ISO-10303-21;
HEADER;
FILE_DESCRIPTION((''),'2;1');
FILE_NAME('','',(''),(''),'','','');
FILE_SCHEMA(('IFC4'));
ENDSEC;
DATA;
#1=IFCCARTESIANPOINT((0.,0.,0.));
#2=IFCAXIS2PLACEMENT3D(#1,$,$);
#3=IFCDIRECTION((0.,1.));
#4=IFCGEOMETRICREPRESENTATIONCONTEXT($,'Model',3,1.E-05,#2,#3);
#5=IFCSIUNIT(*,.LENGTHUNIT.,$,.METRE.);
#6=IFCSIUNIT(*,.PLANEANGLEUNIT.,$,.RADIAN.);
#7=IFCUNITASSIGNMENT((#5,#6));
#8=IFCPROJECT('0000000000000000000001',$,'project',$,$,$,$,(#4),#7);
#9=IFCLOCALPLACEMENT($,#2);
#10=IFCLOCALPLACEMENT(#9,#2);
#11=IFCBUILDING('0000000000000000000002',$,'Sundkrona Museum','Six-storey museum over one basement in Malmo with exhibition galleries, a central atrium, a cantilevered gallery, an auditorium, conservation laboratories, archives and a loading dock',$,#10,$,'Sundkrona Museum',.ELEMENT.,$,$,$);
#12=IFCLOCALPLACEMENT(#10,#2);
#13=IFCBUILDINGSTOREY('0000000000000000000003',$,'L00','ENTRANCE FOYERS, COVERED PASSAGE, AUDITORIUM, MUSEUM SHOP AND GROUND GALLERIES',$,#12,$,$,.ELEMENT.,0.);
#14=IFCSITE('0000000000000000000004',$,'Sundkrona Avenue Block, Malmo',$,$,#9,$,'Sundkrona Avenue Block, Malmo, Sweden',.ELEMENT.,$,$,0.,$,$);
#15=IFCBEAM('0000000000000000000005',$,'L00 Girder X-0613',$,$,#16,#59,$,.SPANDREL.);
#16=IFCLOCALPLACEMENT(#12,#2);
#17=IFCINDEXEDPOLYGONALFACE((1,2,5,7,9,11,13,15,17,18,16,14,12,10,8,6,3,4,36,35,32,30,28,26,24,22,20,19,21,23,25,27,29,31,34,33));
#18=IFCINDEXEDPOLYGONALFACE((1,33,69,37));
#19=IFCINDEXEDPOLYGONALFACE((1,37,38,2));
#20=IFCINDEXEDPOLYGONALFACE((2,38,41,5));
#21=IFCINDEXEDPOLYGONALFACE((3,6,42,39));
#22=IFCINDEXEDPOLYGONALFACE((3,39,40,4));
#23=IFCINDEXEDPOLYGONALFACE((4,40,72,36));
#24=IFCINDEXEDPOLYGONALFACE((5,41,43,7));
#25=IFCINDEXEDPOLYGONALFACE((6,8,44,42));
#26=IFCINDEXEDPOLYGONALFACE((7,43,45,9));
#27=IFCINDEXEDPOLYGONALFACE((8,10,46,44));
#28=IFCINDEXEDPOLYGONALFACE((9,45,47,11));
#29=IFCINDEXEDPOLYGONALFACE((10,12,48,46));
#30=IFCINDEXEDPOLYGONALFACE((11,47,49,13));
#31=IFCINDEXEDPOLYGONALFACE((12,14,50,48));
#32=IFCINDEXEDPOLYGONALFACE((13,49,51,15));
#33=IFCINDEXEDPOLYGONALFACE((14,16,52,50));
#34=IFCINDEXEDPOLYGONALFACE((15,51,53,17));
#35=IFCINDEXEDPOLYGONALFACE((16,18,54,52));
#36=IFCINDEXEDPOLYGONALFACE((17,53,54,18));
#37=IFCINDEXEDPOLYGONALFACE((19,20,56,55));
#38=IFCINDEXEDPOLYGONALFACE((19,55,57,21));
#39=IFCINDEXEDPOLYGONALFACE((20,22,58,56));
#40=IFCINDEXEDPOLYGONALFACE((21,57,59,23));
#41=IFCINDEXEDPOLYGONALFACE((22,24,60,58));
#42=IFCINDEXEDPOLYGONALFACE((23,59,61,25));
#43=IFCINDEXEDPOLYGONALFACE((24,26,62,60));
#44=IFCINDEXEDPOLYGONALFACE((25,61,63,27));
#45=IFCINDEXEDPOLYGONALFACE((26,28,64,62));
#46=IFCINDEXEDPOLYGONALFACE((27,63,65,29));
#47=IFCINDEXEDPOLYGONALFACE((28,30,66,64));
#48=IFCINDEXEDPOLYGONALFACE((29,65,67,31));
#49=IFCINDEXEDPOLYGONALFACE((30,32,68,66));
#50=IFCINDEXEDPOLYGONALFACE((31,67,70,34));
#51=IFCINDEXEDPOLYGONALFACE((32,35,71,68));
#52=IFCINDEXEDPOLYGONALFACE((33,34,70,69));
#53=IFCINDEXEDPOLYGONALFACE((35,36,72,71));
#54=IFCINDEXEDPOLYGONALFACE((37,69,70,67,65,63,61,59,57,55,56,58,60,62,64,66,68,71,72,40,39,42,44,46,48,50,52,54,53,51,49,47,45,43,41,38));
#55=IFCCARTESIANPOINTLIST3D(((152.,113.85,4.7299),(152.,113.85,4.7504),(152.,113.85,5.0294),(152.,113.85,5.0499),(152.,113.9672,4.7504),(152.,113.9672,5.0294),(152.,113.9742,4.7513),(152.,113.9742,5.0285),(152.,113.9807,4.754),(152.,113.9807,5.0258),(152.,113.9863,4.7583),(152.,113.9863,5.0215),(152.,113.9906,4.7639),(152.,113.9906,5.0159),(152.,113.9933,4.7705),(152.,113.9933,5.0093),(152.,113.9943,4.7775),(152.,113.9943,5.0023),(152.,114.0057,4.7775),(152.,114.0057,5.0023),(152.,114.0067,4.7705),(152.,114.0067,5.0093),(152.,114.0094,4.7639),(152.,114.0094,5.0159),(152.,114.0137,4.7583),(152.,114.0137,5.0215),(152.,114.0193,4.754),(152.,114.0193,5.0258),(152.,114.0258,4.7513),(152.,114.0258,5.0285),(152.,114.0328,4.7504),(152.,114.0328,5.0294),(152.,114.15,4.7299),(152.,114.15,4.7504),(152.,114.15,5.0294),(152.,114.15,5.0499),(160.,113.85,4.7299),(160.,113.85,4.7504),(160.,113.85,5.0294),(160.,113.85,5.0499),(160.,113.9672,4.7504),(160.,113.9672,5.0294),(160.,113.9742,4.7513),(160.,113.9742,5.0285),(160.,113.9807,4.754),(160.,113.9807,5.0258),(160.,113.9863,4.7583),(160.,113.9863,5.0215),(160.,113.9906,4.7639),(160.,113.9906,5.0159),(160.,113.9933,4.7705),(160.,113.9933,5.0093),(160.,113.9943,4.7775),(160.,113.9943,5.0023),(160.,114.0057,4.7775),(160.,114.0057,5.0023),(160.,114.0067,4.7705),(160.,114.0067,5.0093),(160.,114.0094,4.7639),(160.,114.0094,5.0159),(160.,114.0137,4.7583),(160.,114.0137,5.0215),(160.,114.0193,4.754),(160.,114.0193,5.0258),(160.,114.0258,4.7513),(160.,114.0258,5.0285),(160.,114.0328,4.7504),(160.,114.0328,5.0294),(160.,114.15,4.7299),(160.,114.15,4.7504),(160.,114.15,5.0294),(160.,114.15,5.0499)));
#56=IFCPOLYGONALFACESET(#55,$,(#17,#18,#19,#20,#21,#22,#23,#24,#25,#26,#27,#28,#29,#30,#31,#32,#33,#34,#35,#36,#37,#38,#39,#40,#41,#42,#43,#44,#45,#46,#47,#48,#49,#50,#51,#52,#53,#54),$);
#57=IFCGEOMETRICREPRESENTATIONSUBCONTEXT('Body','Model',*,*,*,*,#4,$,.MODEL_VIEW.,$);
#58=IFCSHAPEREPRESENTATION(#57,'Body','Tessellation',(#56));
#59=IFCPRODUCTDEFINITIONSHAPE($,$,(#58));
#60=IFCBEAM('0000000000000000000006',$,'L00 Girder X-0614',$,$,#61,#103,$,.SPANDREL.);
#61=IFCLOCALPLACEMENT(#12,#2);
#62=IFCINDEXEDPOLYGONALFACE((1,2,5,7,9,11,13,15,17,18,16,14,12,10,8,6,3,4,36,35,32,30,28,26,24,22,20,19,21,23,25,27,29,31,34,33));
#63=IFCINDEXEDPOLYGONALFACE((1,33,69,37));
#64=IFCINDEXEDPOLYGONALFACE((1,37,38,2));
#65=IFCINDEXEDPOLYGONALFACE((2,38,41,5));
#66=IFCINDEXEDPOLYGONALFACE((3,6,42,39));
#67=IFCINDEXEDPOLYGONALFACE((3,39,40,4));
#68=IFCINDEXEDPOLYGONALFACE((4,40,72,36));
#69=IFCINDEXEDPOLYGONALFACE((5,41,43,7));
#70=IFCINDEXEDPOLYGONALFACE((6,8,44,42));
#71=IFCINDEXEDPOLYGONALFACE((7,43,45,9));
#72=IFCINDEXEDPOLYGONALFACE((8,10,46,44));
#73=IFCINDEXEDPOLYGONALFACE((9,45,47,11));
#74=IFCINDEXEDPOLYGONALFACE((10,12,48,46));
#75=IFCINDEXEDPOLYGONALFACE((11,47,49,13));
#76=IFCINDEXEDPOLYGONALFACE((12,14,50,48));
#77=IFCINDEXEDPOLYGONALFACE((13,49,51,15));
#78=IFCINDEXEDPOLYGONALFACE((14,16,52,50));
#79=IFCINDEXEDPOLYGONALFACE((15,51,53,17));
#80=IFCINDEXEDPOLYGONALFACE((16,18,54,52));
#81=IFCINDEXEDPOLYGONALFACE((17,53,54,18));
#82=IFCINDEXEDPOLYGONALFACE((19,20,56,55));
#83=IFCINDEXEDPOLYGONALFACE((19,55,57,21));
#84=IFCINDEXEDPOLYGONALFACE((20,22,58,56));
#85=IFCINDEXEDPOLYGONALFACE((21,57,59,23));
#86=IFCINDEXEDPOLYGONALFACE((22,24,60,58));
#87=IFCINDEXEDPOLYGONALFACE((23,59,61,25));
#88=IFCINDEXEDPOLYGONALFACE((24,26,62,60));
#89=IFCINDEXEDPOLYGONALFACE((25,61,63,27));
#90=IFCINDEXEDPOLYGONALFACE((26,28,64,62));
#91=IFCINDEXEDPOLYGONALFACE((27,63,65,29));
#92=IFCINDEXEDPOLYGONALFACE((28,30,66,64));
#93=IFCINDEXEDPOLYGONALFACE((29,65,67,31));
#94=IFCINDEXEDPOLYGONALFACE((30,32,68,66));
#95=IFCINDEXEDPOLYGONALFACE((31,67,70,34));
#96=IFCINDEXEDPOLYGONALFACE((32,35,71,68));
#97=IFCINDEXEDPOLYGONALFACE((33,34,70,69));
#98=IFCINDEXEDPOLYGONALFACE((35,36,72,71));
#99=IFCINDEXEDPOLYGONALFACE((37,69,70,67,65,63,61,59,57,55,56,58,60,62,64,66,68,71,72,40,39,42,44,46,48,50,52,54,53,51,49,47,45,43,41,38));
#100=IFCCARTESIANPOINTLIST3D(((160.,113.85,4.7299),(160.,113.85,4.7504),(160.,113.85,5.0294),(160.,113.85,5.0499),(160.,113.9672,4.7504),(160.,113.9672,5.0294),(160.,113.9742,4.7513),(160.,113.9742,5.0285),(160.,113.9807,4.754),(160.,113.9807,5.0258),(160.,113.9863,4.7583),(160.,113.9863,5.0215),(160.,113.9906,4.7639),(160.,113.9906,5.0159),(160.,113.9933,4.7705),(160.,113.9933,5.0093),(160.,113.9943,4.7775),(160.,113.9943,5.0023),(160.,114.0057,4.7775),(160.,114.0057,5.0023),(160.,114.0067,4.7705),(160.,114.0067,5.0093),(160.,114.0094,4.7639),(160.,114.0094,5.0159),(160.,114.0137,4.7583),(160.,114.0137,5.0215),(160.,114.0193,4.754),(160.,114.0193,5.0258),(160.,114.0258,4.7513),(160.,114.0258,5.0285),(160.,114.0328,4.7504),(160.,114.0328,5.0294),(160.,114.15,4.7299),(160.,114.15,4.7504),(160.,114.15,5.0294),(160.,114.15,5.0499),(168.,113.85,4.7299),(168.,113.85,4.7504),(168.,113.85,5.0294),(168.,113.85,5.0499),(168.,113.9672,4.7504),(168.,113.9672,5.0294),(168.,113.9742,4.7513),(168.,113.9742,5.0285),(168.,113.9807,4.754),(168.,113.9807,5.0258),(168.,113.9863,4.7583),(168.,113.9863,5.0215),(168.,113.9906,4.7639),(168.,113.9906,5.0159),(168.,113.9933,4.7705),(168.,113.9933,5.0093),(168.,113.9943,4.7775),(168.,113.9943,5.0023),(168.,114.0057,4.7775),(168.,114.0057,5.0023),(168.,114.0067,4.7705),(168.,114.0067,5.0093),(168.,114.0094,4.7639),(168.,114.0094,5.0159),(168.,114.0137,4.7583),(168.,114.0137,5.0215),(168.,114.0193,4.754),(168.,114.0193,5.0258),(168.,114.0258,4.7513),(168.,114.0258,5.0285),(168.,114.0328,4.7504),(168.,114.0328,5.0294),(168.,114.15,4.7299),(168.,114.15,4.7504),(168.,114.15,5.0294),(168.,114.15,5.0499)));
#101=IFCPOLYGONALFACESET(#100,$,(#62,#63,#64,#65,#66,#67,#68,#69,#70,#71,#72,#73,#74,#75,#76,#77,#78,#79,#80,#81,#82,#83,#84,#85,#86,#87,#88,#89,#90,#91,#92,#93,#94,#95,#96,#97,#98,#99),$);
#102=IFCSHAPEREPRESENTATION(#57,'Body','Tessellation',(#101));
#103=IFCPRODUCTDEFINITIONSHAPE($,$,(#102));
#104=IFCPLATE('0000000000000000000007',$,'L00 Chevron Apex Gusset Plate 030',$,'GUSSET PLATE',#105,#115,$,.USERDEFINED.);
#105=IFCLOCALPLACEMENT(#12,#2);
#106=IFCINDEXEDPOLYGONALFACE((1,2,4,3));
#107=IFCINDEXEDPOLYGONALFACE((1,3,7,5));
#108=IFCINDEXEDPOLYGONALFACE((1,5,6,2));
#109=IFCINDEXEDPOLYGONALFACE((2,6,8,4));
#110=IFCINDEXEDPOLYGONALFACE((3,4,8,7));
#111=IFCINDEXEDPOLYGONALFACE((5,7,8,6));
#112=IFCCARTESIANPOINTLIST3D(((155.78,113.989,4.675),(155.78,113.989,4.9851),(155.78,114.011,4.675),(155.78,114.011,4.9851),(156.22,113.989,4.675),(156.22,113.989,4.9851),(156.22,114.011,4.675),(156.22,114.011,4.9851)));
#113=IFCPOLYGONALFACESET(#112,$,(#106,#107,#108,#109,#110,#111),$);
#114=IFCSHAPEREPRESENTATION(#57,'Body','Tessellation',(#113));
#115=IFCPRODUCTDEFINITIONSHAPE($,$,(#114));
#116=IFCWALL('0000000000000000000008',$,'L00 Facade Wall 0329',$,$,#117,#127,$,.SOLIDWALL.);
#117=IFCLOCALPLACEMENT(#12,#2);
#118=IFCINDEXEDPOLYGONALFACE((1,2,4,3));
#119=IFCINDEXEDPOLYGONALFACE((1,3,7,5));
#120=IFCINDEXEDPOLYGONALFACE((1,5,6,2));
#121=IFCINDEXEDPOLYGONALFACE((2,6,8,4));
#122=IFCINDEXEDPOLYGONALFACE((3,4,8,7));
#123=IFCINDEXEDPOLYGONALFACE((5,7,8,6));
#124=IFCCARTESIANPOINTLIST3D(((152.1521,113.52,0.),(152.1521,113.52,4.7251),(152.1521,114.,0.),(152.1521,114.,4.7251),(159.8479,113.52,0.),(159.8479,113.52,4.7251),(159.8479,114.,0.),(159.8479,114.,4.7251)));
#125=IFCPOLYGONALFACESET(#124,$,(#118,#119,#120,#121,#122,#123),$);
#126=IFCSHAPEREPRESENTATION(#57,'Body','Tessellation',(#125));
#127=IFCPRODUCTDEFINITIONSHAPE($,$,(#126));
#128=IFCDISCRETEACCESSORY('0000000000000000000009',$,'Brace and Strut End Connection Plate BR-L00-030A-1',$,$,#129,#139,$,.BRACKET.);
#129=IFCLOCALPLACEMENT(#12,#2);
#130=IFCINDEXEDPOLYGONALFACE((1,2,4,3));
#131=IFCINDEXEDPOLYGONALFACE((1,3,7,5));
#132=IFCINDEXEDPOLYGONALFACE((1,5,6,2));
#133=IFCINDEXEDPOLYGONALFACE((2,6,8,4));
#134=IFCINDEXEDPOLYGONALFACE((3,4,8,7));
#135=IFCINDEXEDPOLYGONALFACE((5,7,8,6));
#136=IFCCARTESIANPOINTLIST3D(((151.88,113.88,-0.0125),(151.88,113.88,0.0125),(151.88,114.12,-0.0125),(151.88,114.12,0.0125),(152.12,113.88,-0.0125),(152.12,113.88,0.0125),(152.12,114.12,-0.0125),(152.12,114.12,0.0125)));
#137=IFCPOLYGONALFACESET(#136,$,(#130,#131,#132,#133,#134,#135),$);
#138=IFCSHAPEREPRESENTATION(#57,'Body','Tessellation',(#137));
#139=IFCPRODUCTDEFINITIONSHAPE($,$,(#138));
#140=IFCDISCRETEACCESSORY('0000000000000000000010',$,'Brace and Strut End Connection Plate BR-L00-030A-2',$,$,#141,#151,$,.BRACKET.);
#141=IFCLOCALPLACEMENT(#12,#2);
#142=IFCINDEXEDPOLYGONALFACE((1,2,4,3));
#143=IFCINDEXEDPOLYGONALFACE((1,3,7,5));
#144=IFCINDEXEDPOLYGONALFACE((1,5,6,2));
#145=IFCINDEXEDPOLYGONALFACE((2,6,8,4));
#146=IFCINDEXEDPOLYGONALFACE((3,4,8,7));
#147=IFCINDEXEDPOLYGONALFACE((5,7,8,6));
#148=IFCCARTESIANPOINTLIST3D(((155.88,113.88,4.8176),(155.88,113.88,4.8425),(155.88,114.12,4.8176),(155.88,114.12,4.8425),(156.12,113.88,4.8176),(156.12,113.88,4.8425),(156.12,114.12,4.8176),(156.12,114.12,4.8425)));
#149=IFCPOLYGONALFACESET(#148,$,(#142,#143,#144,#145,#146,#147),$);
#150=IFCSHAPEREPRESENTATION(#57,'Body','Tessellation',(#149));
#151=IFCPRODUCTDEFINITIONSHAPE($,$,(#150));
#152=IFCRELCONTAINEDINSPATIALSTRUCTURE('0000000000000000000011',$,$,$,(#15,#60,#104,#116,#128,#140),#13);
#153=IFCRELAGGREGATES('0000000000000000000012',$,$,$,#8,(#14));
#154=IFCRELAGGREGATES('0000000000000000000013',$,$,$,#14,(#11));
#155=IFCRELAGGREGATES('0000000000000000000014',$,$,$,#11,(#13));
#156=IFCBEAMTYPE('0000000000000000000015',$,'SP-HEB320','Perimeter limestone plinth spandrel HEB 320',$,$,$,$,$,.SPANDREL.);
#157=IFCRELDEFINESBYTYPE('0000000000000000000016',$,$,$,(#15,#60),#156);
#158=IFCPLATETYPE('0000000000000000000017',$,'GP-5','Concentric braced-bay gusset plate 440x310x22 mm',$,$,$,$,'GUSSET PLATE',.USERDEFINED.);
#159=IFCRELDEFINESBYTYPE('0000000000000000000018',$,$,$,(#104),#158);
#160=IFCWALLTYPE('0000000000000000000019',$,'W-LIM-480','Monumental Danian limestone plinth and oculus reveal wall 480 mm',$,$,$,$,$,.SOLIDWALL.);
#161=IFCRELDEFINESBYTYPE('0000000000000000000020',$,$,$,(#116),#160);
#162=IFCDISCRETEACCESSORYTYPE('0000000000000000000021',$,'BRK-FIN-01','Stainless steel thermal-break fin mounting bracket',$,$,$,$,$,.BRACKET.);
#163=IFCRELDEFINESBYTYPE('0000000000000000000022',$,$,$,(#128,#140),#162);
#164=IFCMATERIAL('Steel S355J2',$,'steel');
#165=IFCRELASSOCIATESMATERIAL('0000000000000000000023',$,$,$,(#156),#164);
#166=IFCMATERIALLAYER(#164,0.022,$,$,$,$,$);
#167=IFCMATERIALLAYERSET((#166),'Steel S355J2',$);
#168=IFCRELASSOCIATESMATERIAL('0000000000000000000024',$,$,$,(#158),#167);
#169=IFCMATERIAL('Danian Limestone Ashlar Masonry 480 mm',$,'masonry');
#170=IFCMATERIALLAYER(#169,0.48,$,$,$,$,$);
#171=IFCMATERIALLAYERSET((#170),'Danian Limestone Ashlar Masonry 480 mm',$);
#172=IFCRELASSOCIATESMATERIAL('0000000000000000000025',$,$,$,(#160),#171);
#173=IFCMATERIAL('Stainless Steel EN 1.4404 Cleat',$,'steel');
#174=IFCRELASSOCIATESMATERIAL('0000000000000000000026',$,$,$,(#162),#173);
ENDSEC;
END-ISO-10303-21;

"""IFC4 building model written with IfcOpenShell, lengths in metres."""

from ifc_helpers import new_model, si_unit, direction, frame, frame_2d, origin, origin_2d, place, context, subcontext, project, spatial, rectangle, i_section, extrude, material, layer, layer_set, material_profile, profile_set, type_object, element, save


model = new_model("IFC4")

# Units and contexts
model_context = context("Model", 3, precision=1e-05, world=origin(), true_north=direction((0.0, 1.0)))
body_context = subcontext(model_context, "Body", "Model", "MODEL_VIEW")
ifc_project = project(units=[si_unit("LENGTHUNIT", "METRE"), si_unit("PLANEANGLEUNIT", "RADIAN")], contexts=[model_context])

# Site, building, storey
site_placement = place(None, origin())
site = spatial("IfcSite", under=ifc_project, at=site_placement, Name="Sundkrona Avenue Block, Malmo", LongName="Sundkrona Avenue Block, Malmo, Sweden", CompositionType="ELEMENT", RefElevation=0.0)
building_placement = place(site_placement, origin())
building = spatial("IfcBuilding", under=site, at=building_placement, Name="Sundkrona Museum", Description="Six-storey museum over one basement in Malmo with exhibition galleries, a central atrium, a cantilevered gallery, an auditorium, conservation laboratories, archives and a loading dock", LongName="Sundkrona Museum", CompositionType="ELEMENT")
storey_placement = place(building_placement, origin())
storey = spatial("IfcBuildingStorey", under=building, at=storey_placement, Name="L00", Description="ENTRANCE FOYERS, COVERED PASSAGE, AUDITORIUM, MUSEUM SHOP AND GROUND GALLERIES", CompositionType="ELEMENT", Elevation=0.0)

# Shared definitions
ifc_material_1 = material(Name="Steel S355J2", Category="steel")

# Beams
ifc_material_profile_1 = material_profile(ifc_material_1, i_section(OverallWidth=0.3, OverallDepth=0.3201, WebThickness=0.0115, FlangeThickness=0.0205, FilletRadius=0.0271, at=origin_2d()), Name="HEB 320")
ifc_profile_set_1 = profile_set([ifc_material_profile_1], Name="Steel S355J2")
beam_type_1 = type_object("IfcBeamType", Name="SP-HEB320", Description="Perimeter limestone plinth spandrel HEB 320", PredefinedType="SPANDREL", material=ifc_profile_set_1)
for number, where, z_axis, x_axis, name in (
    (1, (152.0, 114.0, 4.8899), (1.0, 0.0, 0.0), (0.0, 1.0, 0.0), "L00 Girder X-0613"),
    (2, (160.0, 114.0, 4.8899), (1.0, 0.0, 0.0), (0.0, 1.0, 0.0), "L00 Girder X-0614"),
):
    element("IfcBeam", number, at=place(storey_placement, frame(where, z_axis=z_axis, x_axis=x_axis)), inside=storey, type_object=beam_type_1, Name=name, PredefinedType="SPANDREL", context=body_context, shape_type="SweptSolid", body=[
        extrude(i_section(OverallWidth=0.3, OverallDepth=0.3201, WebThickness=0.0115, FlangeThickness=0.0205, FilletRadius=0.0271, at=origin_2d()), origin(), (0.0, 0.0, 1.0), 8.0),
    ])

# Plate
ifc_layer_1 = layer(ifc_material_1, 0.022)
ifc_layer_set_1 = layer_set([ifc_layer_1], Name="Steel S355J2")
plate_type = type_object("IfcPlateType", Name="GP-5", Description="Concentric braced-bay gusset plate 440x310x22 mm", ElementType="GUSSET PLATE", PredefinedType="USERDEFINED", material=ifc_layer_set_1)
plate_placement = place(storey_placement, frame((156.0, 114.0, 4.675), z_axis=(0.0, 0.0, 1.0), x_axis=(1.0, 0.0, 0.0)))
element("IfcPlate", 3, at=plate_placement, inside=storey, type_object=plate_type, Name="L00 Chevron Apex Gusset Plate 030", ObjectType="GUSSET PLATE", PredefinedType="USERDEFINED", context=body_context, shape_type="SweptSolid", body=[
    extrude(rectangle(XDim=0.4399, YDim=0.022, at=origin_2d()), origin(), (0.0, 0.0, 1.0), 0.3101),
])

# Wall
ifc_material_2 = material(Name="Danian Limestone Ashlar Masonry 480 mm", Category="masonry")
ifc_layer_2 = layer(ifc_material_2, 0.48)
ifc_layer_set_2 = layer_set([ifc_layer_2], Name="Danian Limestone Ashlar Masonry 480 mm")
wall_type = type_object("IfcWallType", Name="W-LIM-480", Description="Monumental Danian limestone plinth and oculus reveal wall 480 mm", PredefinedType="SOLIDWALL", material=ifc_layer_set_2)
wall_placement = place(storey_placement, frame((152.1521, 113.76, 0.0), z_axis=(0.0, 0.0, 1.0), x_axis=(1.0, 0.0, 0.0)))
element("IfcWall", 4, at=wall_placement, inside=storey, type_object=wall_type, Name="L00 Facade Wall 0329", PredefinedType="SOLIDWALL", context=body_context, shape_type="SweptSolid", body=[
    extrude(rectangle(XDim=7.6958, YDim=0.48, at=frame_2d((3.8479, 0.0))), origin(), (0.0, 0.0, 1.0), 4.7251),
])

# Discrete accessories
ifc_material_3 = material(Name="Stainless Steel EN 1.4404 Cleat", Category="steel")
discrete_accessory_type = type_object("IfcDiscreteAccessoryType", Name="BRK-FIN-01", Description="Stainless steel thermal-break fin mounting bracket", PredefinedType="BRACKET", material=ifc_material_3)
for number, where, z_axis, x_axis, name in (
    (5, (152.0, 114.0, -0.0125), (0.0, 0.0, 1.0), (1.0, 0.0, 0.0), "Brace and Strut End Connection Plate BR-L00-030A-1"),
    (6, (156.0, 114.0, 4.8176), (0.0, 0.0, 1.0), (1.0, 0.0, 0.0), "Brace and Strut End Connection Plate BR-L00-030A-2"),
):
    element("IfcDiscreteAccessory", number, at=place(storey_placement, frame(where, z_axis=z_axis, x_axis=x_axis)), inside=storey, type_object=discrete_accessory_type, Name=name, PredefinedType="BRACKET", context=body_context, shape_type="SweptSolid", body=[
        extrude(rectangle(XDim=0.24, YDim=0.24, at=origin_2d()), origin(), (0.0, 0.0, 1.0), 0.0249),
    ])

save(model, "model.ifc")
